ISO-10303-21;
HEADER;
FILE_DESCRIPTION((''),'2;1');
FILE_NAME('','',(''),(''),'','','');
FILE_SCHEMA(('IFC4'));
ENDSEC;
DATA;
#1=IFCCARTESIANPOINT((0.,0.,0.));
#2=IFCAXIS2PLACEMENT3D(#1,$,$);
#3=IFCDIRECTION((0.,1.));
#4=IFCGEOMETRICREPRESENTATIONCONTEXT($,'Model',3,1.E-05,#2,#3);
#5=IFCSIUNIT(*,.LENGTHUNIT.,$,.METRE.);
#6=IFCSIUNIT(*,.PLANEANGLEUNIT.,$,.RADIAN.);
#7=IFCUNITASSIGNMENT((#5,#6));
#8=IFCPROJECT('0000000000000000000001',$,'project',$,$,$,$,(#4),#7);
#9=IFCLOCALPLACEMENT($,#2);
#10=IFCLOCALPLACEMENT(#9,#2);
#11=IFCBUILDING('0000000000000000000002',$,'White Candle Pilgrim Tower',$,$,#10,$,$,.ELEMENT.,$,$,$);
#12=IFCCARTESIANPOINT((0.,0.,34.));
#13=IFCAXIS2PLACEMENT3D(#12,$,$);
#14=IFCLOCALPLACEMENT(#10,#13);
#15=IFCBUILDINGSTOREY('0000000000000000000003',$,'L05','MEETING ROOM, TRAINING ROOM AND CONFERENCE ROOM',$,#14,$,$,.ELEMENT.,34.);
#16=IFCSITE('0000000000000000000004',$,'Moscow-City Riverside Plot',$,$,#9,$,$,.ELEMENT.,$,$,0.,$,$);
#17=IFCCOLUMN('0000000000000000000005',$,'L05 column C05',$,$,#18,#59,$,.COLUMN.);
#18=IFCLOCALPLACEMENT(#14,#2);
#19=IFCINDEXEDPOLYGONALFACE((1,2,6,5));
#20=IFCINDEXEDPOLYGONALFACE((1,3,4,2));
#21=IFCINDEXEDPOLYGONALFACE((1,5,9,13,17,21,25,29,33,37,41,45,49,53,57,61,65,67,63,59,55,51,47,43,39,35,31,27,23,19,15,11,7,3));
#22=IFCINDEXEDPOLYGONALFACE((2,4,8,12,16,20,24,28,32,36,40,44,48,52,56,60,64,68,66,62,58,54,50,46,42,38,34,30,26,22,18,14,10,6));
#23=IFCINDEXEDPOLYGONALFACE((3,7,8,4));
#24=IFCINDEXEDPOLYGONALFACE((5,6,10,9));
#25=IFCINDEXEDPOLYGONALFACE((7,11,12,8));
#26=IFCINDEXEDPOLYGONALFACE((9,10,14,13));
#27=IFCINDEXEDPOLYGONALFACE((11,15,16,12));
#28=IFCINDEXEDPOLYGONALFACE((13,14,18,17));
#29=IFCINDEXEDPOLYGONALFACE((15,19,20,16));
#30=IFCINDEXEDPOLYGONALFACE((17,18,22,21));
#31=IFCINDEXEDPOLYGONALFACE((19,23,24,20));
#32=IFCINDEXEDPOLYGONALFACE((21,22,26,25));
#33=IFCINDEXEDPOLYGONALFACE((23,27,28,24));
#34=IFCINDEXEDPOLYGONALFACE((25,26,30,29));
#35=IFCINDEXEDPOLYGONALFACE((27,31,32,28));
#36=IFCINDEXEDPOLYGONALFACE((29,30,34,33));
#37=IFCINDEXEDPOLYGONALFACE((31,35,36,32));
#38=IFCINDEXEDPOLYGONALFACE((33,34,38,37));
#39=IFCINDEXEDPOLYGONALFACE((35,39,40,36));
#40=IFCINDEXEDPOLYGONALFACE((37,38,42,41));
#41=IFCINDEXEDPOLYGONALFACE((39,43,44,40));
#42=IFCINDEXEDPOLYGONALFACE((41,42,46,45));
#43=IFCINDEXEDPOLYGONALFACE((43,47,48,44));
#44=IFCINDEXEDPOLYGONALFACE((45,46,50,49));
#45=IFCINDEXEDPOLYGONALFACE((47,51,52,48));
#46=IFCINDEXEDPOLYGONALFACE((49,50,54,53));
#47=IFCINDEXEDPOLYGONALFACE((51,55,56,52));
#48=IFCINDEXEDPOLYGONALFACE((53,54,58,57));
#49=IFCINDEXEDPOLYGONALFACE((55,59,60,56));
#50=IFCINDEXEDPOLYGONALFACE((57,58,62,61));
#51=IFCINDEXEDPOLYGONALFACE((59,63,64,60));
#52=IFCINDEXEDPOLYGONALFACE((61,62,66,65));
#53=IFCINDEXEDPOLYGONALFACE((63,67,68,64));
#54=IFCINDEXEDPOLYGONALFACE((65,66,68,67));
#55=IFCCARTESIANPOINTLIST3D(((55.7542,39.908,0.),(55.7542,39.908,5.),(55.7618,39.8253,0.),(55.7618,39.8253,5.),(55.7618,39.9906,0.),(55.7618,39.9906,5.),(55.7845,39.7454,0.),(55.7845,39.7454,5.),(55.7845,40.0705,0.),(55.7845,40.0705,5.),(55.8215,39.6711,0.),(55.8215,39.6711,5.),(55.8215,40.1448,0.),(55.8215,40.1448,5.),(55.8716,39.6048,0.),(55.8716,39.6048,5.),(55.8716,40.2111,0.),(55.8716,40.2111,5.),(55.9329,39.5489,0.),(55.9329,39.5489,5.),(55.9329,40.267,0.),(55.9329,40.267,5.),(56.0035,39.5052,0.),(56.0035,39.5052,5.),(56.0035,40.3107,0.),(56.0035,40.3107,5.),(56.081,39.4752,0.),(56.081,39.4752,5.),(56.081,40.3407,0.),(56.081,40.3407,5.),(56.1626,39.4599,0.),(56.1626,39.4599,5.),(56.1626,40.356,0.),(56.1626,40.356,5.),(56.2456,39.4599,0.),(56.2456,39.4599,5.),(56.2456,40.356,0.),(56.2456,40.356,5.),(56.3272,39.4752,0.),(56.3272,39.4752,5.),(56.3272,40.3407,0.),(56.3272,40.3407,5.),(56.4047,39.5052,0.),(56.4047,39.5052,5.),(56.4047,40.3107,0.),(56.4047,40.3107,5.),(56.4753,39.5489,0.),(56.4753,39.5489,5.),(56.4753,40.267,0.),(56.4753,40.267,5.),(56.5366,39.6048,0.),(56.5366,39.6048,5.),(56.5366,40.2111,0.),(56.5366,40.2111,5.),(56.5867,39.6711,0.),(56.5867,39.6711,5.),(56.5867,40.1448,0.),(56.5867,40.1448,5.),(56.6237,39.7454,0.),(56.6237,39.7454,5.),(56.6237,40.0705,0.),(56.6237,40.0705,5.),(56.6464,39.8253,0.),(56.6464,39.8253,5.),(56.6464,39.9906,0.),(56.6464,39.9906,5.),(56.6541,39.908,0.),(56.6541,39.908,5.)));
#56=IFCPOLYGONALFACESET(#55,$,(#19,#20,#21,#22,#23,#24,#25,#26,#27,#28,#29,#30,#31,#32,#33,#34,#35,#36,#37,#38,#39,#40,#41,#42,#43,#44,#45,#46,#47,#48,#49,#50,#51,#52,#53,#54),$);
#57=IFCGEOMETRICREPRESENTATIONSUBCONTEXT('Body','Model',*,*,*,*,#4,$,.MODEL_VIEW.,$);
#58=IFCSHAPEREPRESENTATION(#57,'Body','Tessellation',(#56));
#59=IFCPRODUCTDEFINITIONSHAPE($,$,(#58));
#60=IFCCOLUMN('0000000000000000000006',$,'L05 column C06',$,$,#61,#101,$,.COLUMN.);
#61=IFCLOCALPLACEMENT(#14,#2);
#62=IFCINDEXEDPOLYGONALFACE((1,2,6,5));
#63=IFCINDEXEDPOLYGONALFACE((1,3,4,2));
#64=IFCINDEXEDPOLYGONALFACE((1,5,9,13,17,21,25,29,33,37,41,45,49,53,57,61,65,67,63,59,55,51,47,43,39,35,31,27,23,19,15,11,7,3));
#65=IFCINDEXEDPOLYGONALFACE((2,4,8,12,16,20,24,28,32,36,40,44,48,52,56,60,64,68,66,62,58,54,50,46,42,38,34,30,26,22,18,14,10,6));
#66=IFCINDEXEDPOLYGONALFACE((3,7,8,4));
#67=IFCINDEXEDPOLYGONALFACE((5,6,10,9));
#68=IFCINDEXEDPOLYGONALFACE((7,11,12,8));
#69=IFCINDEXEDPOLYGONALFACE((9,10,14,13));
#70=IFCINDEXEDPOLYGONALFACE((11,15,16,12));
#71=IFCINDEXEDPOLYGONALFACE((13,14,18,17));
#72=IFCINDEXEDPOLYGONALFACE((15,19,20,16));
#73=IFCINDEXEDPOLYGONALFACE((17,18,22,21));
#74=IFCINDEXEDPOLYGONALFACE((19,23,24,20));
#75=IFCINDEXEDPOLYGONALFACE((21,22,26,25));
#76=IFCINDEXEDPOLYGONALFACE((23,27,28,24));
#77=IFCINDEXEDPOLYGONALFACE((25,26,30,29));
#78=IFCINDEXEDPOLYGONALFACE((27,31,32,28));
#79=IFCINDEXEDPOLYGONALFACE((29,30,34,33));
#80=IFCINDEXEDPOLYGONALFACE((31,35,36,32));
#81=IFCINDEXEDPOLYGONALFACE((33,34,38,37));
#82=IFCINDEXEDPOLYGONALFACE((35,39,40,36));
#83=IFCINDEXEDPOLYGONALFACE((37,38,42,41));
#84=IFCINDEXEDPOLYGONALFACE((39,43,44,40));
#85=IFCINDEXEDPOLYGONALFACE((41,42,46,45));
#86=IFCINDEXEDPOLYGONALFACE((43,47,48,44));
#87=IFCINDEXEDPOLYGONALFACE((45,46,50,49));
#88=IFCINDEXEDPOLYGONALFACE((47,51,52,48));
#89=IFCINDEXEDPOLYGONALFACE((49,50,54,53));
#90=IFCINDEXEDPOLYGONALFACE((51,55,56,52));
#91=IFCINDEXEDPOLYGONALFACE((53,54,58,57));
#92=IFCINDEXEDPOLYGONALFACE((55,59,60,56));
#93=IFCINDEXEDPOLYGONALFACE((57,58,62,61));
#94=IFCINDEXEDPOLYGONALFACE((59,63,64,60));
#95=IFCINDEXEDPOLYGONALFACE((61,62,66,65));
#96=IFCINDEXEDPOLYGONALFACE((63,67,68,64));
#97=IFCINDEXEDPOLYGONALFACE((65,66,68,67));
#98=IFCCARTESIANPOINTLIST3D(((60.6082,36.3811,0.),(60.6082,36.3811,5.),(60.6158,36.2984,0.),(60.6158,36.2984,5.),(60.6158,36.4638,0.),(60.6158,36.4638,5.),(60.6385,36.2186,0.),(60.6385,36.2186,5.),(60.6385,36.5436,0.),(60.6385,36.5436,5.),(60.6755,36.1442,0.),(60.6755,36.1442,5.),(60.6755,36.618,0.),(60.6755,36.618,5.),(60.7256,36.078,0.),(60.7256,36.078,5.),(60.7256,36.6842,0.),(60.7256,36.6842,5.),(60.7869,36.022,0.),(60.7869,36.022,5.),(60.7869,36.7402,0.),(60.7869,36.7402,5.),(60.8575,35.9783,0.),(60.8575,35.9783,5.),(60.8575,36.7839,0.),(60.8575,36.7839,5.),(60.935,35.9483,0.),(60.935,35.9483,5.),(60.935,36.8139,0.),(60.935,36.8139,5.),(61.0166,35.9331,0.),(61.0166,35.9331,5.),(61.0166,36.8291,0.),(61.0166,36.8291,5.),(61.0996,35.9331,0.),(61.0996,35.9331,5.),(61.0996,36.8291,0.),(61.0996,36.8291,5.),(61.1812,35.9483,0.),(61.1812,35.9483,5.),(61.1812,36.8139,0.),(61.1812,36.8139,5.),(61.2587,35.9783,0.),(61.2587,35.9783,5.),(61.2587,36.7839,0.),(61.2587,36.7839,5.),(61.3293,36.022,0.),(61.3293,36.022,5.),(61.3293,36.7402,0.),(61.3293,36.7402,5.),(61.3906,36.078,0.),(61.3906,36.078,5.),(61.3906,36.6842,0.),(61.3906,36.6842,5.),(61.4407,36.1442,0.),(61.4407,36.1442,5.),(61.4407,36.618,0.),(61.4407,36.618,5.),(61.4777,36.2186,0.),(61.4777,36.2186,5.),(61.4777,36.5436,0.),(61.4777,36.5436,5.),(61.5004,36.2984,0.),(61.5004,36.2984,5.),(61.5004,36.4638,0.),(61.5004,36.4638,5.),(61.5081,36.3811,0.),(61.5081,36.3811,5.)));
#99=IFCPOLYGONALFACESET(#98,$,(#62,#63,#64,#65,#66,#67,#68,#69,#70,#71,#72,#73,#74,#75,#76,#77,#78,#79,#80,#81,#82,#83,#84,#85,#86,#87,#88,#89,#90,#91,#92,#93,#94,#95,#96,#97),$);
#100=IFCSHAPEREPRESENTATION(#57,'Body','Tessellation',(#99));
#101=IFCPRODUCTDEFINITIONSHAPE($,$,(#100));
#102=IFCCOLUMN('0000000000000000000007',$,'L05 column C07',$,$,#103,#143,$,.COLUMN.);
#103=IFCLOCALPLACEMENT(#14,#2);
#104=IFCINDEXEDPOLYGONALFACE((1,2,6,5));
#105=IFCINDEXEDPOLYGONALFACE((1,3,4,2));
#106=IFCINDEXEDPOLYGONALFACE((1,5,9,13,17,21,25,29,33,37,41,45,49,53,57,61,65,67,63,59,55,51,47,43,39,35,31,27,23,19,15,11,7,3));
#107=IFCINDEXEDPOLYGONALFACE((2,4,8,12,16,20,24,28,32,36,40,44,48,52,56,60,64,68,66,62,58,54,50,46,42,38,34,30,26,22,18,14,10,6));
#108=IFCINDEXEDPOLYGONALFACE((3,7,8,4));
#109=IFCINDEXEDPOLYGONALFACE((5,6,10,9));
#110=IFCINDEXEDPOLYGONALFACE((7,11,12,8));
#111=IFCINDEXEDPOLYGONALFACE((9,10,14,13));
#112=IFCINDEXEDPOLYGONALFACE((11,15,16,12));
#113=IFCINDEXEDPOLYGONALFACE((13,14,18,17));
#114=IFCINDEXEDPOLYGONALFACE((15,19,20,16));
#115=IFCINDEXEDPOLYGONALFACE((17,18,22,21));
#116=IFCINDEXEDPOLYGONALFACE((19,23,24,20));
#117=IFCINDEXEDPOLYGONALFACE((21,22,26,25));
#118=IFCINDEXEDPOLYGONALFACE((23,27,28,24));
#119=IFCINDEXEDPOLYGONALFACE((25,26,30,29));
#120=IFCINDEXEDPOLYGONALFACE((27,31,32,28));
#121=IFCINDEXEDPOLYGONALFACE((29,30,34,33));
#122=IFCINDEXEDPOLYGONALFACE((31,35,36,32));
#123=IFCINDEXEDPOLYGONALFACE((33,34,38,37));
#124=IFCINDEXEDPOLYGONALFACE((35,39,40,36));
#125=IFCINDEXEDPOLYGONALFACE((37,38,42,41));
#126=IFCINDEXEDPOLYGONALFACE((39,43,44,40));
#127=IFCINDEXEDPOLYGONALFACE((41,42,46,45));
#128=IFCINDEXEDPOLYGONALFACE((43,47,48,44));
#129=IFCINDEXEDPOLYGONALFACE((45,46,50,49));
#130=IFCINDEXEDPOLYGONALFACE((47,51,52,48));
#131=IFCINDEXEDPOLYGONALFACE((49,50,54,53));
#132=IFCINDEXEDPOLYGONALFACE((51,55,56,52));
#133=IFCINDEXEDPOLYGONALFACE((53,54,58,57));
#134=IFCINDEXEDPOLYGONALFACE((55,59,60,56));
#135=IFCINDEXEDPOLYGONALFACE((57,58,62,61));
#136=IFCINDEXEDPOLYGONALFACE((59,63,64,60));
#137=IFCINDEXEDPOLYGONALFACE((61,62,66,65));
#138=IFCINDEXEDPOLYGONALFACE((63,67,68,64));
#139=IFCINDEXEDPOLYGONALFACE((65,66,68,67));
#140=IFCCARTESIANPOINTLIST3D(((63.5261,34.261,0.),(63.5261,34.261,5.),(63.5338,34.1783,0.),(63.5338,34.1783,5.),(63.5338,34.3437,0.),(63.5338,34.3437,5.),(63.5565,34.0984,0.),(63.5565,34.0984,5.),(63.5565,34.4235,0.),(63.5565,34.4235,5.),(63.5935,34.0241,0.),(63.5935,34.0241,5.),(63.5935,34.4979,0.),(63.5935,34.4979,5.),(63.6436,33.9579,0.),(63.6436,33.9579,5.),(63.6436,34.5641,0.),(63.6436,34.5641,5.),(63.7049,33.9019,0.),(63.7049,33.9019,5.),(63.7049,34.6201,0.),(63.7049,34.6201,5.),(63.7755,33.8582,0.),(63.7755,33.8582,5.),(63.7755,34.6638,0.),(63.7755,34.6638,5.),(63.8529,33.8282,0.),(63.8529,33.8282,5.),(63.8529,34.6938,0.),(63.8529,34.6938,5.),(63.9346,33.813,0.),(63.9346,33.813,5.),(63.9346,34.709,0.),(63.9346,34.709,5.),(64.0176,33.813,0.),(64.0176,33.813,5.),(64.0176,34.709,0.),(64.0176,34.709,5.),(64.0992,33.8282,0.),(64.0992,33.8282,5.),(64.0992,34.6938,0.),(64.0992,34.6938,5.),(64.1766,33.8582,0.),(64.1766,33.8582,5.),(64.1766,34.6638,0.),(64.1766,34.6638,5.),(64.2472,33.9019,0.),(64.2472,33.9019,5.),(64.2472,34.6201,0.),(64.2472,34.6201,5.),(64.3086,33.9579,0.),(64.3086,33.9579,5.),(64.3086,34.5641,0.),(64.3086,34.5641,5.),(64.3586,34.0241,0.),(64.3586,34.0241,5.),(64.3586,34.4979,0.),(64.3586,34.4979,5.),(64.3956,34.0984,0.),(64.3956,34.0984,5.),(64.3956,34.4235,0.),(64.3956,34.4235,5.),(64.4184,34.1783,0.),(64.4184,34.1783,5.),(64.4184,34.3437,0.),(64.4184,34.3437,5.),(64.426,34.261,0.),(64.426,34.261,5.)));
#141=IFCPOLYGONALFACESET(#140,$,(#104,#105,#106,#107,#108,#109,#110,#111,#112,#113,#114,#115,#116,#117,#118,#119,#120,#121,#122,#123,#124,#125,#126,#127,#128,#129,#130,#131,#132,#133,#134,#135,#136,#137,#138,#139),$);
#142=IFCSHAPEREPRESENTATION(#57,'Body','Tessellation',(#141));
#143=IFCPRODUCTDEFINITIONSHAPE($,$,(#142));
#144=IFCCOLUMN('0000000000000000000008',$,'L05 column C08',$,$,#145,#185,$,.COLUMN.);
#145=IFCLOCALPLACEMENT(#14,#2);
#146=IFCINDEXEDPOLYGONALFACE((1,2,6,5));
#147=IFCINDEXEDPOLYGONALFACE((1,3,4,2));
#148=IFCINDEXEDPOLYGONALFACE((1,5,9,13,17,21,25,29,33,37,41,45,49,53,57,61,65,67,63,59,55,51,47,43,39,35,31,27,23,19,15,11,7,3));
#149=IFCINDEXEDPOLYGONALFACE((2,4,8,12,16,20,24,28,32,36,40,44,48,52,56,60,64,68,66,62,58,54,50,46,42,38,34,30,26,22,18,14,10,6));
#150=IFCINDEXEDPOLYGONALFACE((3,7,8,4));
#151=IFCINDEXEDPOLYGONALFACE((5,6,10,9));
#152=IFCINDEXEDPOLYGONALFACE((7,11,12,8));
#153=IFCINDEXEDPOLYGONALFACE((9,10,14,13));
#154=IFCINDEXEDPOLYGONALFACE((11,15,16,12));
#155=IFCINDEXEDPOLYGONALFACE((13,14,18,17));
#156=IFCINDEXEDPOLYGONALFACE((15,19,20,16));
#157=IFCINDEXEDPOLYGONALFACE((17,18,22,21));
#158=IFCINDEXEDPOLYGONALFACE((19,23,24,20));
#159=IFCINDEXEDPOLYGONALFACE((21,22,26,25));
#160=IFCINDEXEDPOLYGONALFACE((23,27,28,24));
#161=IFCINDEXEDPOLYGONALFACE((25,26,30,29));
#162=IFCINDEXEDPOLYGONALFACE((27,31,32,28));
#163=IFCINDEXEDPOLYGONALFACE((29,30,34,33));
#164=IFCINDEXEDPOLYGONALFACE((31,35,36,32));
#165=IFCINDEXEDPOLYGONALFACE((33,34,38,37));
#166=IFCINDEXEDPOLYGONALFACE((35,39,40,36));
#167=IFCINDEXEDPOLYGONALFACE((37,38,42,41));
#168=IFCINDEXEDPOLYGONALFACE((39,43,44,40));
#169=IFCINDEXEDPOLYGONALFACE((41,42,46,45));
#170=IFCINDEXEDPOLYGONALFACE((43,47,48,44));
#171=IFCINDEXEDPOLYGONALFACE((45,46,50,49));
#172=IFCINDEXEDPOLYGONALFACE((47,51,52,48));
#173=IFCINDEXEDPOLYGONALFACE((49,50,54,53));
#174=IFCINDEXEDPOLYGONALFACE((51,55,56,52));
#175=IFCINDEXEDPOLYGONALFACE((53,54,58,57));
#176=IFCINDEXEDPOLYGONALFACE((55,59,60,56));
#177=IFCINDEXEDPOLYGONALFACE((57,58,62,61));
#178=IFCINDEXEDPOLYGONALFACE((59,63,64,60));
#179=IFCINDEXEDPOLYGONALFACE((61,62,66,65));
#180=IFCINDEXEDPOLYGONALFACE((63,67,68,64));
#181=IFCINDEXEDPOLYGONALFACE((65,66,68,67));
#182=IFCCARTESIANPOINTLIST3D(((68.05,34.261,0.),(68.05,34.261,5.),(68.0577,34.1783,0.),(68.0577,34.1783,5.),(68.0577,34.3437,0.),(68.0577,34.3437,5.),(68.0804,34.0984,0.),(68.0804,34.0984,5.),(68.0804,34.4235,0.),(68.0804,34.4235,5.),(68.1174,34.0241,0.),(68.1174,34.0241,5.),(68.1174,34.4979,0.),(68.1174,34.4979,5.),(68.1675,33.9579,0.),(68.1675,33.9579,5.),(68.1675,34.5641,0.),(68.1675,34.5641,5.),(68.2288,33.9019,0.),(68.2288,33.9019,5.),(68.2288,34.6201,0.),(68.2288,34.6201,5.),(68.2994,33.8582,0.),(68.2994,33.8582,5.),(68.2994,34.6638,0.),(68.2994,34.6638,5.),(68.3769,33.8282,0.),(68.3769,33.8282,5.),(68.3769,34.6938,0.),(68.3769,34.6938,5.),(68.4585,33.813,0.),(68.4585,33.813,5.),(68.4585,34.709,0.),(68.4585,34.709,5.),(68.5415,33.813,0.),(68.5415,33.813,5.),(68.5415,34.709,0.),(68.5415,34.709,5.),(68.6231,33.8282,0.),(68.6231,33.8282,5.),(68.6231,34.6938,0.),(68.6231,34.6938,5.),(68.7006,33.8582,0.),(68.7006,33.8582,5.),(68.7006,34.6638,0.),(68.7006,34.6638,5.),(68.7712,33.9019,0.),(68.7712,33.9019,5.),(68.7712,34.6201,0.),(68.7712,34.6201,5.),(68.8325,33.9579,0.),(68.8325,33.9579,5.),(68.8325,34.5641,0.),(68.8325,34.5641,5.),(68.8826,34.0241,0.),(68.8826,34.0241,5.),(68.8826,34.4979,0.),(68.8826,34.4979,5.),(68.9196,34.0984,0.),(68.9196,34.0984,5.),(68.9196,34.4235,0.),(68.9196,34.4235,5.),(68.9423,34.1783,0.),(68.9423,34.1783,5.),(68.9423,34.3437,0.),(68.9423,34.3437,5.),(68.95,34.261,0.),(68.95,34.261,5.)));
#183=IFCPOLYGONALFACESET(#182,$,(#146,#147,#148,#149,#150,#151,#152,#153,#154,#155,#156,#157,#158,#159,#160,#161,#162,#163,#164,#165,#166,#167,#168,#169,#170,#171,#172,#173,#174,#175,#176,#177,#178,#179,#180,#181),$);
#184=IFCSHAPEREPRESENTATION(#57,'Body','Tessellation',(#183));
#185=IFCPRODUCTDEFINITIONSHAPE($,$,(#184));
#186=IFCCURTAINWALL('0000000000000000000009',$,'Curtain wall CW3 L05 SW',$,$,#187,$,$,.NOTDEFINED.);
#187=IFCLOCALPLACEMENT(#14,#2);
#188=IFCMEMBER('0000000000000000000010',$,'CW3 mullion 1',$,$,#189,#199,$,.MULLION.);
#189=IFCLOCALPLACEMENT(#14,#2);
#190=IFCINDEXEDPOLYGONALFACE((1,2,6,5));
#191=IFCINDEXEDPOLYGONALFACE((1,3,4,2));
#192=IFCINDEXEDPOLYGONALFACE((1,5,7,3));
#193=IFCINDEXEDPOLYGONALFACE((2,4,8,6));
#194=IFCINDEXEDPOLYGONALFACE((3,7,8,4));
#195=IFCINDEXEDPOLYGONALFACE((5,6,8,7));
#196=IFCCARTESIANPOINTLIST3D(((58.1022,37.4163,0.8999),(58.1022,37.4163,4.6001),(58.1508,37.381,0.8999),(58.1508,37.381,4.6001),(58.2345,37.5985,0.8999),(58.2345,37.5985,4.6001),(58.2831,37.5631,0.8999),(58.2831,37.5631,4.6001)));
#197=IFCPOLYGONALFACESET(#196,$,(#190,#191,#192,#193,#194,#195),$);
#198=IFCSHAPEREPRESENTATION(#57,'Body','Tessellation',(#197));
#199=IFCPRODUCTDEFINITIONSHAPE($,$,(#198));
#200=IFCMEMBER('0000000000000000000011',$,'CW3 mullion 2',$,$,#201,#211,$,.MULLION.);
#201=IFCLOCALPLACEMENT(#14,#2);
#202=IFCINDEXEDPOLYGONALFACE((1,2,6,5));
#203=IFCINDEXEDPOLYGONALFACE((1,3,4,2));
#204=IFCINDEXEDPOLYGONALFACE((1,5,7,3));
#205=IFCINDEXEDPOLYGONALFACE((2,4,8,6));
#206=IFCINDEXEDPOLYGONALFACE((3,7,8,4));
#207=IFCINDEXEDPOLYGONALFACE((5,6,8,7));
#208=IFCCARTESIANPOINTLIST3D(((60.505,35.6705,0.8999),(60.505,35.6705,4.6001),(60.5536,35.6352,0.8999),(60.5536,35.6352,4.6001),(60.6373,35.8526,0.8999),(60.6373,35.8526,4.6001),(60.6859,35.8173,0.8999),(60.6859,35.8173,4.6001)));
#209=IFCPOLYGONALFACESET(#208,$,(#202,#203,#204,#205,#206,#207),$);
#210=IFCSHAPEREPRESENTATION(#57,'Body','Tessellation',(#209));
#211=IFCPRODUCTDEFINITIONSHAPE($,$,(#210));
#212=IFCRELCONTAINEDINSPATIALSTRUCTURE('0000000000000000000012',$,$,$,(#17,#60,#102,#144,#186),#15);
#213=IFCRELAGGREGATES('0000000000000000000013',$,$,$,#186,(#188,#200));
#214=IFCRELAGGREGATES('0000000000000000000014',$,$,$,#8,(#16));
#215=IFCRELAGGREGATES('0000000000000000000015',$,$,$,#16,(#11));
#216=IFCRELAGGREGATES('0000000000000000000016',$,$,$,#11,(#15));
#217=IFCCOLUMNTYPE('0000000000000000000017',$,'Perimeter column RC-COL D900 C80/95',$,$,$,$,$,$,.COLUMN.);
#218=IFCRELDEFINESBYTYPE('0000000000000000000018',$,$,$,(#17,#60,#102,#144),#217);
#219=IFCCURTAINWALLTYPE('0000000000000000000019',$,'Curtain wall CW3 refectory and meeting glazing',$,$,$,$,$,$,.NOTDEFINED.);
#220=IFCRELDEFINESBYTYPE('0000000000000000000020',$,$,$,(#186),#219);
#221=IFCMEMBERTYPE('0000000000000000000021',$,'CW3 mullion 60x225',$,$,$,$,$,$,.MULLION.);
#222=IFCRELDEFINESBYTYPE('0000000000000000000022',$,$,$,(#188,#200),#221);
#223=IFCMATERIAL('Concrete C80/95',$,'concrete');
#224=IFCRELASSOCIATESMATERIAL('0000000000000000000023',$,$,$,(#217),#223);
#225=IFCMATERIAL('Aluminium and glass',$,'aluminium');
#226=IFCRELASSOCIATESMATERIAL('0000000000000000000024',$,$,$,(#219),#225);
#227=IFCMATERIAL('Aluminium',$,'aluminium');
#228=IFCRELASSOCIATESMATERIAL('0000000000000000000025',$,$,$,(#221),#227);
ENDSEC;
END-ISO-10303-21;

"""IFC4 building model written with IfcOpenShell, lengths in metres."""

from ifc_helpers import new_model, si_unit, direction, frame, origin, origin_2d, place, context, subcontext, project, spatial, rectangle, circle, extrude, material, material_profile, profile_set, type_object, element, aggregate, save


model = new_model("IFC4")

# Units and contexts
model_context = context("Model", 3, precision=1e-05, world=origin(), true_north=direction((0.0, 1.0)))
body_context = subcontext(model_context, "Body", "Model", "MODEL_VIEW")
ifc_project = project(units=[si_unit("LENGTHUNIT", "METRE"), si_unit("PLANEANGLEUNIT", "RADIAN")], contexts=[model_context])

# Site, building, storey
site_placement = place(None, origin())
site = spatial("IfcSite", under=ifc_project, at=site_placement, Name="Moscow-City Riverside Plot", CompositionType="ELEMENT", RefElevation=0.0)
building_placement = place(site_placement, origin())
building = spatial("IfcBuilding", under=site, at=building_placement, Name="White Candle Pilgrim Tower", CompositionType="ELEMENT")
storey_placement = place(building_placement, frame((0.0, 0.0, 34.0)))
storey = spatial("IfcBuildingStorey", under=building, at=storey_placement, Name="L05", Description="MEETING ROOM, TRAINING ROOM AND CONFERENCE ROOM", CompositionType="ELEMENT", Elevation=34.0)

# Columns
ifc_material_1 = material(Name="Concrete C80/95", Category="concrete")
ifc_material_profile_1 = material_profile(ifc_material_1, circle(Radius=0.45, at=origin_2d()), Name="RC-COL D900")
ifc_profile_set_1 = profile_set([ifc_material_profile_1], Name="Concrete C80/95")
column_type = type_object("IfcColumnType", Name="Perimeter column RC-COL D900 C80/95", PredefinedType="COLUMN", material=ifc_profile_set_1)
for number, where, z_axis, x_axis, name in (
    (1, (56.2041, 39.908, 0.0), (0.0, 0.0, 1.0), (1.0, 0.0, 0.0), "L05 column C05"),
    (2, (61.0581, 36.3811, 0.0), (0.0, 0.0, 1.0), (1.0, 0.0, 0.0), "L05 column C06"),
    (3, (63.9761, 34.261, 0.0), (0.0, 0.0, 1.0), (1.0, 0.0, 0.0), "L05 column C07"),
    (4, (68.5, 34.261, 0.0), (0.0, 0.0, 1.0), (1.0, 0.0, 0.0), "L05 column C08"),
):
    element("IfcColumn", number, at=place(storey_placement, frame(where, z_axis=z_axis, x_axis=x_axis)), inside=storey, type_object=column_type, Name=name, PredefinedType="COLUMN", context=body_context, shape_type="SweptSolid", body=[
        extrude(circle(Radius=0.45, at=origin_2d()), origin(), (0.0, 0.0, 1.0), 5.0),
    ])

# Curtain wall, members
ifc_material_2 = material(Name="Aluminium and glass", Category="aluminium")
curtain_wall_type = type_object("IfcCurtainWallType", Name="Curtain wall CW3 refectory and meeting glazing", PredefinedType="NOTDEFINED", material=ifc_material_2)
curtain_wall_1_placement = place(storey_placement, origin())
curtain_wall_1 = element("IfcCurtainWall", 5, at=curtain_wall_1_placement, inside=storey, type_object=curtain_wall_type, Name="Curtain wall CW3 L05 SW", PredefinedType="NOTDEFINED")
ifc_material_3 = material(Name="Aluminium", Category="aluminium")
ifc_material_profile_2 = material_profile(ifc_material_3, rectangle(XDim=0.2251, YDim=0.0601, at=origin_2d()), Name="CW3 mullion 60x225")
ifc_profile_set_2 = profile_set([ifc_material_profile_2], Name="Aluminium")
member_type_1 = type_object("IfcMemberType", Name="CW3 mullion 60x225", PredefinedType="MULLION", material=ifc_profile_set_2)
member_1_placement = place(storey_placement, frame((58.1926, 37.4897, 0.8999), z_axis=(0.0, 0.0, 1.0), x_axis=(0.587785, 0.809017, 0.0)))
member_1 = element("IfcMember", 6, at=member_1_placement, type_object=member_type_1, Name="CW3 mullion 1", PredefinedType="MULLION", context=body_context, shape_type="SweptSolid", body=[
    extrude(rectangle(XDim=0.2251, YDim=0.0601, at=origin_2d()), origin(), (0.0, 0.0, 1.0), 3.7002),
])
member_2_placement = place(storey_placement, frame((60.5955, 35.7439, 0.8999), z_axis=(0.0, 0.0, 1.0), x_axis=(0.587785, 0.809017, 0.0)))
member_2 = element("IfcMember", 7, at=member_2_placement, type_object=member_type_1, Name="CW3 mullion 2", PredefinedType="MULLION", context=body_context, shape_type="SweptSolid", body=[
    extrude(rectangle(XDim=0.2251, YDim=0.0601, at=origin_2d()), origin(), (0.0, 0.0, 1.0), 3.7002),
])

aggregate(curtain_wall_1, [member_1, member_2])

save(model, "model.ifc")
